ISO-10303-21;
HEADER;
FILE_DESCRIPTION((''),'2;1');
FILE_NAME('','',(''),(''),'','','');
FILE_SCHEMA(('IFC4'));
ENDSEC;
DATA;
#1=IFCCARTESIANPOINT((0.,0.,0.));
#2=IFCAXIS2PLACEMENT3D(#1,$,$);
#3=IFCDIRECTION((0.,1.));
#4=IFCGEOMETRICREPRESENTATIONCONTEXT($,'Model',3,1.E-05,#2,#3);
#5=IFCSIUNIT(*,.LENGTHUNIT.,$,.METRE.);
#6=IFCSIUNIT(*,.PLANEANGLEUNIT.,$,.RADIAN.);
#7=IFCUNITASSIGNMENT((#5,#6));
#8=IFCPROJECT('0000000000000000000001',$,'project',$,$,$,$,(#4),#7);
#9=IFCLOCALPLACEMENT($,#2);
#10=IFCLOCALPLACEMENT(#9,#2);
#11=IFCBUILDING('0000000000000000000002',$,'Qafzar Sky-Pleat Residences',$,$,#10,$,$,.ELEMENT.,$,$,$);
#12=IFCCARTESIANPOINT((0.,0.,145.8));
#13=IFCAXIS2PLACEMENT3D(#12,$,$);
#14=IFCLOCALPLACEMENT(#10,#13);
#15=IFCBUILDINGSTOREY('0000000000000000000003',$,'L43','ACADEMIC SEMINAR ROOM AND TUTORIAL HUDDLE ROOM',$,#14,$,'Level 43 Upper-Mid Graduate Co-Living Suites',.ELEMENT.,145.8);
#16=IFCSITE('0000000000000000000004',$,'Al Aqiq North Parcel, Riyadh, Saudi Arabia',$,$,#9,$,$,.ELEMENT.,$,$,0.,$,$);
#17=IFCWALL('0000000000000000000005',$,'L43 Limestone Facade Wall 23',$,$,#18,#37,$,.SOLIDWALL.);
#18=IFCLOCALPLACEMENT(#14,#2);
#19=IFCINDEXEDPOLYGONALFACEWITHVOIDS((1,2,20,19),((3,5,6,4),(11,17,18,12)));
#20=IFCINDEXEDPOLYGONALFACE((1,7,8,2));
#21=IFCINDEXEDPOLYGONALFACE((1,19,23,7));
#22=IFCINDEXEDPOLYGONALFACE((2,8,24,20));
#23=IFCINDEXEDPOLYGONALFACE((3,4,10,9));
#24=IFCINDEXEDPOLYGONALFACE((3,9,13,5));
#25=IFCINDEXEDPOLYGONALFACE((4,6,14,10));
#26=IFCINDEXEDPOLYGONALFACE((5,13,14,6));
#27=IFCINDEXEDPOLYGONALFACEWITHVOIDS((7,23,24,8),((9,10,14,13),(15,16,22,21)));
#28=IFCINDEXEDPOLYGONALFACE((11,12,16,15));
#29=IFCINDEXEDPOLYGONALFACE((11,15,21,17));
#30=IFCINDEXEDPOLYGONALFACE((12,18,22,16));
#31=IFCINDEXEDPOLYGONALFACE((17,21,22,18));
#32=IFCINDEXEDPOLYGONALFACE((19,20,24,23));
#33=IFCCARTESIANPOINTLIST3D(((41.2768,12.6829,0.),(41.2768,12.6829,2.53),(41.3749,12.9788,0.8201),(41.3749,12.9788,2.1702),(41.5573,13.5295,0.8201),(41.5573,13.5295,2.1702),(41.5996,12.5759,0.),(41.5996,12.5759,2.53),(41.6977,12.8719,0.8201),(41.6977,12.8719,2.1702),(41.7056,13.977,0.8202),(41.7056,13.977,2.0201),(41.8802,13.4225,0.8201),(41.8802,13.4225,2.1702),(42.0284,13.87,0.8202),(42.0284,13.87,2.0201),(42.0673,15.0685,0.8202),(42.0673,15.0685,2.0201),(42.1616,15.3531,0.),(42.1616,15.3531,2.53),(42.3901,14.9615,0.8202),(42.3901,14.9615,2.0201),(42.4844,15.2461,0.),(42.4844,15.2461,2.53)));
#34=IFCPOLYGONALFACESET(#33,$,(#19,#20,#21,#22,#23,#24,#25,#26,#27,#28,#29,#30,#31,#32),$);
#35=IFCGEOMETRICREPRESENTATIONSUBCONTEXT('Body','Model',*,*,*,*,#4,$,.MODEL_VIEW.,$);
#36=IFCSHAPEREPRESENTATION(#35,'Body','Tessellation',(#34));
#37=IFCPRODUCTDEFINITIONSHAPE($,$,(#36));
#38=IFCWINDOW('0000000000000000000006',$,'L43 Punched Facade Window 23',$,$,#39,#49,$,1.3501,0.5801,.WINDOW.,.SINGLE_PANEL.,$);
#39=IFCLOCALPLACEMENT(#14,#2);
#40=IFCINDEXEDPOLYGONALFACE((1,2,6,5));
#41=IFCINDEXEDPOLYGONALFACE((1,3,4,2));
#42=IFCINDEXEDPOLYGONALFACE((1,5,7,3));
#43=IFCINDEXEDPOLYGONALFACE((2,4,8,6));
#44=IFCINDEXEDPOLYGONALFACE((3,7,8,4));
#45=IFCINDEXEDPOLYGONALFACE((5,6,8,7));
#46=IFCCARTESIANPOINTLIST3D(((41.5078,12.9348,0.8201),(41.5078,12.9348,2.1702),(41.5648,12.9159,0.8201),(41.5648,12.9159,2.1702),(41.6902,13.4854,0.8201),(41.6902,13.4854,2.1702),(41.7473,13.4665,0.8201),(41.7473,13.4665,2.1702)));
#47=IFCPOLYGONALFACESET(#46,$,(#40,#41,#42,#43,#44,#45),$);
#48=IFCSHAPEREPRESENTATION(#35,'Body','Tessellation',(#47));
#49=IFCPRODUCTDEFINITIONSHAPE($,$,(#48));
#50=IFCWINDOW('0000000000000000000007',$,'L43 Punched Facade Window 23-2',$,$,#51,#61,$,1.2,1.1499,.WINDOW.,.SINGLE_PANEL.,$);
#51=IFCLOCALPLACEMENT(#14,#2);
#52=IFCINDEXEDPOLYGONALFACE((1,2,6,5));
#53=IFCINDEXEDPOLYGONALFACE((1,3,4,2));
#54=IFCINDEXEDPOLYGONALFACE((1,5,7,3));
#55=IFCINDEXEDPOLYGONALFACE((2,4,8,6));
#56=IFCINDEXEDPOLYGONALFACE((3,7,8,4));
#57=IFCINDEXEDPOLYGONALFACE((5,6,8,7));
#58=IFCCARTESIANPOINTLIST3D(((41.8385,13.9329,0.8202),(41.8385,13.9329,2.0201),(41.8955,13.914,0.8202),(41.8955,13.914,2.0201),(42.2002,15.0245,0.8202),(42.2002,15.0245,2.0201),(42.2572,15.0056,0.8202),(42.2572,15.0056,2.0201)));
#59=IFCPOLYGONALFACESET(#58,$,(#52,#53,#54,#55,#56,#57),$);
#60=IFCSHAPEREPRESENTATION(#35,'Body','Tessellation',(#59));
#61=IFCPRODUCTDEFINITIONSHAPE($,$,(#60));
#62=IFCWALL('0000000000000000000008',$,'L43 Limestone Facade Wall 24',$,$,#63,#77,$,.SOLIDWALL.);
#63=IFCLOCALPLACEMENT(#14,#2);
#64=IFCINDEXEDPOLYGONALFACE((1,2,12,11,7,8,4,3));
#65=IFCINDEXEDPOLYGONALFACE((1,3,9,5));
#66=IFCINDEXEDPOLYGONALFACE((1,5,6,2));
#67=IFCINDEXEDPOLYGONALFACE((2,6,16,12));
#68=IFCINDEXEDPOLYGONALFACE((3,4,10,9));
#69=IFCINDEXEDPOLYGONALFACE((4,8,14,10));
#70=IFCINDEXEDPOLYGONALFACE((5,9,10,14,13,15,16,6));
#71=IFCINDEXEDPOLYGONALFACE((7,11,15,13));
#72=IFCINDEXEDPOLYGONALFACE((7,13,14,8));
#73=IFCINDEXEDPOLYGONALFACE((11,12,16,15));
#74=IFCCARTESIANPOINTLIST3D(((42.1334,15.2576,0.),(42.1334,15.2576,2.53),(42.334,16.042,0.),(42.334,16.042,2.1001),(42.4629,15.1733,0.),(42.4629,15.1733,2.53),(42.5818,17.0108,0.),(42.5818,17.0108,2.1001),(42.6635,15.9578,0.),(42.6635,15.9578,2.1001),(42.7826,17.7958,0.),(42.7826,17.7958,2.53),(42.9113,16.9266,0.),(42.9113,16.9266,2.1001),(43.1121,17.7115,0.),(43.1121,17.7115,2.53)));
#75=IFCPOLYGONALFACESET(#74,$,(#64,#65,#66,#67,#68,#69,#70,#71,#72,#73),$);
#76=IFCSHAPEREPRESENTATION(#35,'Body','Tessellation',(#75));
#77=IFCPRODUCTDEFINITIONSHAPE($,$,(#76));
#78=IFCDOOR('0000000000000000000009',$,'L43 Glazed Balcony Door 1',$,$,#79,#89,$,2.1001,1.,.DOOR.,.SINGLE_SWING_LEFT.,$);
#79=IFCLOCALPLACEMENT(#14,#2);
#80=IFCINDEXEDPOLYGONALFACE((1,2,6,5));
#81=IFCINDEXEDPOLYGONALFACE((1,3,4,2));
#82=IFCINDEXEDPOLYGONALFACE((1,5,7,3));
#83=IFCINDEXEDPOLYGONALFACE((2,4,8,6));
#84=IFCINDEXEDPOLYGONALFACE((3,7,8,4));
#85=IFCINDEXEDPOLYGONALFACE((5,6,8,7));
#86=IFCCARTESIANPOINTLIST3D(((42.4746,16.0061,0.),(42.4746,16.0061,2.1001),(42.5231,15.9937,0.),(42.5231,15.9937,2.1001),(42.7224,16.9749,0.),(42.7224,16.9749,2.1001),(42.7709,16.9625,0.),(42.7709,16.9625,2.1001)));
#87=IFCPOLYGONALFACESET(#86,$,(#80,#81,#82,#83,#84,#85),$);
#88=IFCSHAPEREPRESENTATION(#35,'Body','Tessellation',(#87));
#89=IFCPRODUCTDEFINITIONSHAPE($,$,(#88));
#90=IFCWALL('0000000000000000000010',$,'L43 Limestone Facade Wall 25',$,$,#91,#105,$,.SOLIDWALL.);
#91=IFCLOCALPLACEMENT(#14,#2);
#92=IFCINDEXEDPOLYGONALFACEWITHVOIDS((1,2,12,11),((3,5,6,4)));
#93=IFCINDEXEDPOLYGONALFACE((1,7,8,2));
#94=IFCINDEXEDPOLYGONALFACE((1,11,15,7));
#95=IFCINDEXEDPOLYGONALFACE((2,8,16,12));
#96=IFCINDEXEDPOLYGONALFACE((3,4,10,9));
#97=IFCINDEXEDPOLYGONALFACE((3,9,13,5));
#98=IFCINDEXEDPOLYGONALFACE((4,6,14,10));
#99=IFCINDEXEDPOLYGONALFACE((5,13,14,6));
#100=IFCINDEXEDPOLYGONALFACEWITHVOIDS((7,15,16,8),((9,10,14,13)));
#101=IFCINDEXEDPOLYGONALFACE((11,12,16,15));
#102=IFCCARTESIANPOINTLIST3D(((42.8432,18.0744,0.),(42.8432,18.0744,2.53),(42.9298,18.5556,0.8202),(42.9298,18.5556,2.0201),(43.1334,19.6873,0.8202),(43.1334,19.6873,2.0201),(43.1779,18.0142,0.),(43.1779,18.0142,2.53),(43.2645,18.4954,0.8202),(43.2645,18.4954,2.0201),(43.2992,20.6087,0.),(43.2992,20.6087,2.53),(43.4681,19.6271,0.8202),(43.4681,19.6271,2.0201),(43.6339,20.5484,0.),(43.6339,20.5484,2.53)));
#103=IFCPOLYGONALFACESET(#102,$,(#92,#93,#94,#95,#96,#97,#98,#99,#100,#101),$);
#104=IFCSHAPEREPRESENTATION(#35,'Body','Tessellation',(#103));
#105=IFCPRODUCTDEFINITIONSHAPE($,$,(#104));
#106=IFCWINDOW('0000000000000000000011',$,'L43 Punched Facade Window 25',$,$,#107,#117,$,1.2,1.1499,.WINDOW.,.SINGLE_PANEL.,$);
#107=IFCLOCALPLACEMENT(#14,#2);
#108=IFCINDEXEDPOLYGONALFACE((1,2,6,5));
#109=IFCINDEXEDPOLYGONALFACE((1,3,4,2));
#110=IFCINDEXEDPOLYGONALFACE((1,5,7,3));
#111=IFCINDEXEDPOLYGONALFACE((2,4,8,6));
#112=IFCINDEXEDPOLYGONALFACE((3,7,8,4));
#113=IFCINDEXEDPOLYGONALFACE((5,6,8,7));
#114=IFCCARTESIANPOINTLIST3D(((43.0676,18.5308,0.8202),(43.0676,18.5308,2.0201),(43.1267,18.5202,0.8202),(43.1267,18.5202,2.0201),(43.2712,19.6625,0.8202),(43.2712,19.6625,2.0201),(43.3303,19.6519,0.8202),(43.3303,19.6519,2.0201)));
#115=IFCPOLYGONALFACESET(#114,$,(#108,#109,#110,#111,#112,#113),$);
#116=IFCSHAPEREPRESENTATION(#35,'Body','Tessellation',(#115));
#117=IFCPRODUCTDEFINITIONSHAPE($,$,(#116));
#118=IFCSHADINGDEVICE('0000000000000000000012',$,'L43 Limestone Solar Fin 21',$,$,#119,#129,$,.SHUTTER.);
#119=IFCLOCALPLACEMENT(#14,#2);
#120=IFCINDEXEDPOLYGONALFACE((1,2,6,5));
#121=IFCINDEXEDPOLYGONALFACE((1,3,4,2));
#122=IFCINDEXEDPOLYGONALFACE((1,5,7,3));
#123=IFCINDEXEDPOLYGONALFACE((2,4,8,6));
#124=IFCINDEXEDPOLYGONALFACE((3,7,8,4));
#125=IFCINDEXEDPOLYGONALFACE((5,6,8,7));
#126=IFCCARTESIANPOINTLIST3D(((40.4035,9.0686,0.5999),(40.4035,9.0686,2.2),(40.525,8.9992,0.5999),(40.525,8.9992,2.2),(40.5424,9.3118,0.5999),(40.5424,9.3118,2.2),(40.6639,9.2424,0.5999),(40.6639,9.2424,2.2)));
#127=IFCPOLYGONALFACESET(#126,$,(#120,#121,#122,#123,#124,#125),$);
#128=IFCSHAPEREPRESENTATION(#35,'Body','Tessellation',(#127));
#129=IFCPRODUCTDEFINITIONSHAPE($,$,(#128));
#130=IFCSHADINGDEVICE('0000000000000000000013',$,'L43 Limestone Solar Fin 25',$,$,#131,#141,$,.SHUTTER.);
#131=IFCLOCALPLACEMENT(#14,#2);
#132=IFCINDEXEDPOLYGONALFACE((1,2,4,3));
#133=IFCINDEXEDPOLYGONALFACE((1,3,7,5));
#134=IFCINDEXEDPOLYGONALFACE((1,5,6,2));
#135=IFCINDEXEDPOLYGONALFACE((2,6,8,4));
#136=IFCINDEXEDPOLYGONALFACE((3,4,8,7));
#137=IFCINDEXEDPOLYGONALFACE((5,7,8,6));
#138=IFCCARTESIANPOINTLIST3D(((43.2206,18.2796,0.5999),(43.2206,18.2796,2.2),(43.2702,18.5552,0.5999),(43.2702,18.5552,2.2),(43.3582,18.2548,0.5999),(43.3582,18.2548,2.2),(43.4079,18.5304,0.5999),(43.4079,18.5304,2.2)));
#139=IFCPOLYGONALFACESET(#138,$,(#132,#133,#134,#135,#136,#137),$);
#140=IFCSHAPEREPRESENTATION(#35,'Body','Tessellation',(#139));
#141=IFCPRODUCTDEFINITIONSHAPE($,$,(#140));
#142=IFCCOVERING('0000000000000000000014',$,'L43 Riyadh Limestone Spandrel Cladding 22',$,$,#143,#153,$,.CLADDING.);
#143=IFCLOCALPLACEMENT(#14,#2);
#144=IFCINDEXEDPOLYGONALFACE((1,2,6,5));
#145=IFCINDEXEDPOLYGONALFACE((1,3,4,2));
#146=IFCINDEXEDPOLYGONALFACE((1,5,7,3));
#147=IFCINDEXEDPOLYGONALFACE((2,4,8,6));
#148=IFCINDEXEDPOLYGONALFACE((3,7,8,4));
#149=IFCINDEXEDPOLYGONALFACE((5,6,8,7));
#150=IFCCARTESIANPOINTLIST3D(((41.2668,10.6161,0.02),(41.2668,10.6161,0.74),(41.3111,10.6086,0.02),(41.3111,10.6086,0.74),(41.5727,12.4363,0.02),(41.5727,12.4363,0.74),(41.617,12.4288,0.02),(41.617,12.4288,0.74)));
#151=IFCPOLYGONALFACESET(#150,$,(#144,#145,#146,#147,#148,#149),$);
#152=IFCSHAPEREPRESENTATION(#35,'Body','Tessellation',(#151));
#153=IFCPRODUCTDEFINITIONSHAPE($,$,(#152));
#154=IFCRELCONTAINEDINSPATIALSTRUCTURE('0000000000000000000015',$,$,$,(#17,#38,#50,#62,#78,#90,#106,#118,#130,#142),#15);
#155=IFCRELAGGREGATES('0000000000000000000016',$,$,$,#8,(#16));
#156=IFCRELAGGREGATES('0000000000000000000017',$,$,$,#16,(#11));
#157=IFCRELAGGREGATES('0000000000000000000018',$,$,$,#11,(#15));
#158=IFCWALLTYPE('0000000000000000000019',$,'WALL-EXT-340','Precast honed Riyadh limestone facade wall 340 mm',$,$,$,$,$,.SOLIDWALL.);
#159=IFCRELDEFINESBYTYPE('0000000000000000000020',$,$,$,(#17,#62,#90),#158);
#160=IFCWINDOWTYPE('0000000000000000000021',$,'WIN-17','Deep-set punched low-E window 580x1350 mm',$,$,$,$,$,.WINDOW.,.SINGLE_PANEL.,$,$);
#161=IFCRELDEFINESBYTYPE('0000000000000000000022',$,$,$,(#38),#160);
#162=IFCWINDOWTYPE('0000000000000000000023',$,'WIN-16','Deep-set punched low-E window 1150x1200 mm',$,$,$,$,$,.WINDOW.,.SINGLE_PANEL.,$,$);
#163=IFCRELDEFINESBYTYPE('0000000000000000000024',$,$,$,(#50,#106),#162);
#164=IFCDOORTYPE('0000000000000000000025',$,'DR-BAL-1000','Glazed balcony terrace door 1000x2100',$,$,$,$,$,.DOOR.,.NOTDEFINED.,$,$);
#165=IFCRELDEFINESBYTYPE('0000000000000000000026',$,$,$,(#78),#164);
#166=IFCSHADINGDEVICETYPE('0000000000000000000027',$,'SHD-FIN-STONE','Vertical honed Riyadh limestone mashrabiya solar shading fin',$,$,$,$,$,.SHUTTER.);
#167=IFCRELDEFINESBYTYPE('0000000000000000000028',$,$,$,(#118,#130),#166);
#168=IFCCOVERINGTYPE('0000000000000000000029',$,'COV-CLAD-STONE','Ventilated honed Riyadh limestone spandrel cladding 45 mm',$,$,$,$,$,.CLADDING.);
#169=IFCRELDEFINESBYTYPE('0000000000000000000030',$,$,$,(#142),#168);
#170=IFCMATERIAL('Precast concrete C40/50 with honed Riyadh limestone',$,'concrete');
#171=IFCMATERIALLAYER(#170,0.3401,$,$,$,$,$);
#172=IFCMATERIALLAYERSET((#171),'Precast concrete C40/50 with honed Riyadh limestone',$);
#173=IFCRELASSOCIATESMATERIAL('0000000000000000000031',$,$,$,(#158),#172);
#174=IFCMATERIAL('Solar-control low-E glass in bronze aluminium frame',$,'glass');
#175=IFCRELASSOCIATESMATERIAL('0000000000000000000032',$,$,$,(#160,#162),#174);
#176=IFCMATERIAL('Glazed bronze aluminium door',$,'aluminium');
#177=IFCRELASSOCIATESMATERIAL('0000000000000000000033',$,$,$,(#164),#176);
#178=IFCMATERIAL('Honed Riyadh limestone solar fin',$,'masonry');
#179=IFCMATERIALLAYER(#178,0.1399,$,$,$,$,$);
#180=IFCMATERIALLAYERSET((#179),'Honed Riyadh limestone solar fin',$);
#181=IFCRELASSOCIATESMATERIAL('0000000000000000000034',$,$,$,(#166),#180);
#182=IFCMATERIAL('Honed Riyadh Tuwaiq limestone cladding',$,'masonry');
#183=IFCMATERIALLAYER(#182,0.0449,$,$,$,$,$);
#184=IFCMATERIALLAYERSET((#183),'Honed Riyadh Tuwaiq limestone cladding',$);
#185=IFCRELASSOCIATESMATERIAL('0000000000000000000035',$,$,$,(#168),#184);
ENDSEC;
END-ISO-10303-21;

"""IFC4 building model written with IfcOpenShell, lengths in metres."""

from ifc_helpers import new_model, si_unit, direction, frame, frame_2d, origin, origin_2d, place, context, subcontext, project, spatial, rectangle, extrude, source, transform, mapped, material, layer, layer_set, type_object, element, fill, save


model = new_model("IFC4")

# Units and contexts
model_context = context("Model", 3, precision=1e-05, world=origin(), true_north=direction((0.0, 1.0)))
body_context = subcontext(model_context, "Body", "Model", "MODEL_VIEW")
ifc_project = project(units=[si_unit("LENGTHUNIT", "METRE"), si_unit("PLANEANGLEUNIT", "RADIAN")], contexts=[model_context])

# Site, building, storey
site_placement = place(None, origin())
site = spatial("IfcSite", under=ifc_project, at=site_placement, Name="Al Aqiq North Parcel, Riyadh, Saudi Arabia", CompositionType="ELEMENT", RefElevation=0.0)
building_placement = place(site_placement, origin())
building = spatial("IfcBuilding", under=site, at=building_placement, Name="Qafzar Sky-Pleat Residences", CompositionType="ELEMENT")
storey_placement = place(building_placement, frame((0.0, 0.0, 145.8)))
storey = spatial("IfcBuildingStorey", under=building, at=storey_placement, Name="L43", Description="ACADEMIC SEMINAR ROOM AND TUTORIAL HUDDLE ROOM", LongName="Level 43 Upper-Mid Graduate Co-Living Suites", CompositionType="ELEMENT", Elevation=145.8)

# Shared definitions
ifc_material_1 = material(Name="Precast concrete C40/50 with honed Riyadh limestone", Category="concrete")
ifc_layer_1 = layer(ifc_material_1, 0.3401)
ifc_layer_set_1 = layer_set([ifc_layer_1], Name="Precast concrete C40/50 with honed Riyadh limestone")
wall_type = type_object("IfcWallType", Name="WALL-EXT-340", Description="Precast honed Riyadh limestone facade wall 340 mm", PredefinedType="SOLIDWALL", material=ifc_layer_set_1)
ifc_material_2 = material(Name="Solar-control low-E glass in bronze aluminium frame", Category="glass")

# Wall, openings, windows
wall_1_placement = place(storey_placement, frame((41.4382, 12.6294, 0.0), z_axis=(0.0, 0.0, 1.0), x_axis=(0.314535, 0.949246, 0.0)))
wall_1 = element("IfcWall", 1, at=wall_1_placement, inside=storey, type_object=wall_type, Name="L43 Limestone Facade Wall 23", PredefinedType="SOLIDWALL", context=body_context, shape_type="SweptSolid", body=[
    extrude(rectangle(XDim=2.813, YDim=0.3401, at=frame_2d((1.4065, 0.0))), origin(), (0.0, 0.0, 1.0), 2.53),
])
opening_1_placement = place(wall_1_placement, frame((0.3118, 0.0, 0.8201)))
opening_1 = element("IfcOpeningElement", 2, at=opening_1_placement, cuts=wall_1, PredefinedType="OPENING", context=body_context, shape_type="SweptSolid", body=[
    extrude(rectangle(XDim=0.5801, YDim=1.3501, at=frame_2d((0.29, 0.675))), frame((0.0, 0.1802, 0.0), z_axis=(0.0, -1.0, 0.0), x_axis=(1.0, 0.0, 0.0)), (0.0, 0.0, 1.0), 0.3601),
])
opening_2_placement = place(wall_1_placement, frame((1.3633, 0.0, 0.8201)))
opening_2 = element("IfcOpeningElement", 3, at=opening_2_placement, cuts=wall_1, PredefinedType="OPENING", context=body_context, shape_type="SweptSolid", body=[
    extrude(rectangle(XDim=1.1499, YDim=1.2, at=frame_2d((0.575, 0.6001))), frame((0.0, 0.1802, 0.0), z_axis=(0.0, -1.0, 0.0), x_axis=(1.0, 0.0, 0.0)), (0.0, 0.0, 1.0), 0.3601),
])
window_type_1 = type_object("IfcWindowType", Name="WIN-17", Description="Deep-set punched low-E window 580x1350 mm", PartitioningType="SINGLE_PANEL", PredefinedType="WINDOW", material=ifc_material_2)
shared_shape_1 = source(origin(), body_context, "Body", "SweptSolid", [
    extrude(rectangle(XDim=0.5801, YDim=1.3501, at=frame_2d((0.29, 0.675))), frame((0.0, 0.03, 0.0), z_axis=(0.0, -1.0, 0.0), x_axis=(1.0, 0.0, 0.0)), (0.0, 0.0, 1.0), 0.0601),
])
window_1_placement = place(opening_1_placement, origin())
window_1 = element("IfcWindow", 4, at=window_1_placement, inside=storey, type_object=window_type_1, Name="L43 Punched Facade Window 23", OverallHeight=1.3501, OverallWidth=0.5801, PartitioningType="SINGLE_PANEL", PredefinedType="WINDOW", context=body_context, shape_type="MappedRepresentation", body=[
    mapped(shared_shape_1, transform((0.0, 0.0, 0.0), x_axis=(1.0, 0.0, 0.0), y_axis=(0.0, 1.0, 0.0), z_axis=(0.0, 0.0, 1.0), scale=1.0)),
])
fill(opening_1, window_1)
window_type_2 = type_object("IfcWindowType", Name="WIN-16", Description="Deep-set punched low-E window 1150x1200 mm", PartitioningType="SINGLE_PANEL", PredefinedType="WINDOW", material=ifc_material_2)
shared_shape_2 = source(origin(), body_context, "Body", "SweptSolid", [
    extrude(rectangle(XDim=1.1499, YDim=1.2, at=frame_2d((0.575, 0.6001))), frame((0.0, 0.03, 0.0), z_axis=(0.0, -1.0, 0.0), x_axis=(1.0, 0.0, 0.0)), (0.0, 0.0, 1.0), 0.0601),
])
window_2_placement = place(opening_2_placement, origin())
window_2 = element("IfcWindow", 5, at=window_2_placement, inside=storey, type_object=window_type_2, Name="L43 Punched Facade Window 23-2", OverallHeight=1.2, OverallWidth=1.1499, PartitioningType="SINGLE_PANEL", PredefinedType="WINDOW", context=body_context, shape_type="MappedRepresentation", body=[
    mapped(shared_shape_2, transform((0.0, 0.0, 0.0), x_axis=(1.0, 0.0, 0.0), y_axis=(0.0, 1.0, 0.0), z_axis=(0.0, 0.0, 1.0), scale=1.0)),
])
fill(opening_2, window_2)

# Wall, opening, door
wall_2_placement = place(storey_placement, frame((42.2981, 15.2153, 0.0), z_axis=(0.0, 0.0, 1.0), x_axis=(0.247795, 0.968813, 0.0)))
wall_2 = element("IfcWall", 6, at=wall_2_placement, inside=storey, type_object=wall_type, Name="L43 Limestone Facade Wall 24", PredefinedType="SOLIDWALL", context=body_context, shape_type="SweptSolid", body=[
    extrude(rectangle(XDim=2.6199, YDim=0.3401, at=frame_2d((1.3101, 0.0))), origin(), (0.0, 0.0, 1.0), 2.53),
])
opening_3_placement = place(wall_2_placement, frame((0.8098, 0.0, 0.0)))
opening_3 = element("IfcOpeningElement", 7, at=opening_3_placement, cuts=wall_2, PredefinedType="OPENING", context=body_context, shape_type="SweptSolid", body=[
    extrude(rectangle(XDim=1.0, YDim=2.1001, at=frame_2d((0.5, 1.05))), frame((0.0, 0.1802, 0.0), z_axis=(0.0, -1.0, 0.0), x_axis=(1.0, 0.0, 0.0)), (0.0, 0.0, 1.0), 0.3601),
])
ifc_material_3 = material(Name="Glazed bronze aluminium door", Category="aluminium")
door_type = type_object("IfcDoorType", Name="DR-BAL-1000", Description="Glazed balcony terrace door 1000x2100", OperationType="NOTDEFINED", PredefinedType="DOOR", material=ifc_material_3)
shared_shape_3 = source(origin(), body_context, "Body", "SweptSolid", [
    extrude(rectangle(XDim=1.0, YDim=2.1001, at=frame_2d((0.5, 1.05))), frame((0.0, 0.0249, 0.0), z_axis=(0.0, -1.0, 0.0), x_axis=(1.0, 0.0, 0.0)), (0.0, 0.0, 1.0), 0.05),
])
door_placement = place(opening_3_placement, origin())
door = element("IfcDoor", 8, at=door_placement, inside=storey, type_object=door_type, Name="L43 Glazed Balcony Door 1", OperationType="SINGLE_SWING_LEFT", OverallHeight=2.1001, OverallWidth=1.0, PredefinedType="DOOR", context=body_context, shape_type="MappedRepresentation", body=[
    mapped(shared_shape_3, transform((0.0, 0.0, 0.0), x_axis=(1.0, 0.0, 0.0), y_axis=(0.0, 1.0, 0.0), z_axis=(0.0, 0.0, 1.0), scale=1.0)),
])
fill(opening_3, door)

# Wall, opening, window
wall_3_placement = place(storey_placement, frame((43.0105, 18.0442, 0.0), z_axis=(0.0, 0.0, 1.0), x_axis=(0.177116, 0.98419, 0.0)))
wall_3 = element("IfcWall", 9, at=wall_3_placement, inside=storey, type_object=wall_type, Name="L43 Limestone Facade Wall 25", PredefinedType="SOLIDWALL", context=body_context, shape_type="SweptSolid", body=[
    extrude(rectangle(XDim=2.575, YDim=0.3401, at=frame_2d((1.2876, 0.0))), origin(), (0.0, 0.0, 1.0), 2.53),
])
opening_4_placement = place(wall_3_placement, frame((0.489, 0.0, 0.8201)))
opening_4 = element("IfcOpeningElement", 10, at=opening_4_placement, cuts=wall_3, PredefinedType="OPENING", context=body_context, shape_type="SweptSolid", body=[
    extrude(rectangle(XDim=1.1499, YDim=1.2, at=frame_2d((0.575, 0.6001))), frame((0.0, 0.1802, 0.0), z_axis=(0.0, -1.0, 0.0), x_axis=(1.0, 0.0, 0.0)), (0.0, 0.0, 1.0), 0.3601),
])
window_3_placement = place(opening_4_placement, origin())
window_3 = element("IfcWindow", 11, at=window_3_placement, inside=storey, type_object=window_type_2, Name="L43 Punched Facade Window 25", OverallHeight=1.2, OverallWidth=1.1499, PartitioningType="SINGLE_PANEL", PredefinedType="WINDOW", context=body_context, shape_type="MappedRepresentation", body=[
    mapped(shared_shape_2, transform((0.0, 0.0, 0.0), x_axis=(1.0, 0.0, 0.0), y_axis=(0.0, 1.0, 0.0), z_axis=(0.0, 0.0, 1.0), scale=1.0)),
])
fill(opening_4, window_3)

# Shading devices
ifc_material_4 = material(Name="Honed Riyadh limestone solar fin", Category="masonry")
ifc_layer_2 = layer(ifc_material_4, 0.1399)
ifc_layer_set_2 = layer_set([ifc_layer_2], Name="Honed Riyadh limestone solar fin")
shading_device_type = type_object("IfcShadingDeviceType", Name="SHD-FIN-STONE", Description="Vertical honed Riyadh limestone mashrabiya solar shading fin", PredefinedType="SHUTTER", material=ifc_layer_set_2)
shared_shape_4 = source(origin(), body_context, "Body", "SweptSolid", [
    extrude(rectangle(XDim=0.1399, YDim=0.28, at=origin_2d()), origin(), (0.0, 0.0, 1.0), 1.6001),
])
for number, where, z_axis, x_axis, name in (
    (12, (40.5337, 9.1555, 0.5999), (0.0, 0.0, 1.0), (0.868431, -0.49581, 0.0), "L43 Limestone Solar Fin 21"),
    (13, (43.3142, 18.405, 0.5999), (0.0, 0.0, 1.0), (0.984182, -0.177162, 0.0), "L43 Limestone Solar Fin 25"),
):
    element("IfcShadingDevice", number, at=place(storey_placement, frame(where, z_axis=z_axis, x_axis=x_axis)), inside=storey, type_object=shading_device_type, Name=name, PredefinedType="SHUTTER", context=body_context, shape_type="MappedRepresentation", body=[
        mapped(shared_shape_4, transform((0.0, 0.0, 0.0), x_axis=(1.0, 0.0, 0.0), y_axis=(0.0, 1.0, 0.0), z_axis=(0.0, 0.0, 1.0), scale=1.0)),
    ])

# Covering
ifc_material_5 = material(Name="Honed Riyadh Tuwaiq limestone cladding", Category="masonry")
ifc_layer_3 = layer(ifc_material_5, 0.0449)
ifc_layer_set_3 = layer_set([ifc_layer_3], Name="Honed Riyadh Tuwaiq limestone cladding")
covering_type = type_object("IfcCoveringType", Name="COV-CLAD-STONE", Description="Ventilated honed Riyadh limestone spandrel cladding 45 mm", PredefinedType="CLADDING", material=ifc_layer_set_3)
shared_shape_5 = source(origin(), body_context, "Body", "SweptSolid", [
    extrude(rectangle(XDim=1.8457, YDim=0.0449, at=origin_2d()), origin(), (0.0, 0.0, 1.0), 0.72),
])
covering_1_placement = place(storey_placement, frame((41.4419, 11.5225, 0.02), z_axis=(0.0, 0.0, 1.0), x_axis=(0.165696, 0.986177, 0.0)))
element("IfcCovering", 14, at=covering_1_placement, inside=storey, type_object=covering_type, Name="L43 Riyadh Limestone Spandrel Cladding 22", PredefinedType="CLADDING", context=body_context, shape_type="MappedRepresentation", body=[
    mapped(shared_shape_5, transform((0.0, 0.0, 0.0), x_axis=(1.0, 0.0, 0.0), y_axis=(0.0, 1.0, 0.0), z_axis=(0.0, 0.0, 1.0), scale=1.0)),
])

save(model, "model.ifc")
